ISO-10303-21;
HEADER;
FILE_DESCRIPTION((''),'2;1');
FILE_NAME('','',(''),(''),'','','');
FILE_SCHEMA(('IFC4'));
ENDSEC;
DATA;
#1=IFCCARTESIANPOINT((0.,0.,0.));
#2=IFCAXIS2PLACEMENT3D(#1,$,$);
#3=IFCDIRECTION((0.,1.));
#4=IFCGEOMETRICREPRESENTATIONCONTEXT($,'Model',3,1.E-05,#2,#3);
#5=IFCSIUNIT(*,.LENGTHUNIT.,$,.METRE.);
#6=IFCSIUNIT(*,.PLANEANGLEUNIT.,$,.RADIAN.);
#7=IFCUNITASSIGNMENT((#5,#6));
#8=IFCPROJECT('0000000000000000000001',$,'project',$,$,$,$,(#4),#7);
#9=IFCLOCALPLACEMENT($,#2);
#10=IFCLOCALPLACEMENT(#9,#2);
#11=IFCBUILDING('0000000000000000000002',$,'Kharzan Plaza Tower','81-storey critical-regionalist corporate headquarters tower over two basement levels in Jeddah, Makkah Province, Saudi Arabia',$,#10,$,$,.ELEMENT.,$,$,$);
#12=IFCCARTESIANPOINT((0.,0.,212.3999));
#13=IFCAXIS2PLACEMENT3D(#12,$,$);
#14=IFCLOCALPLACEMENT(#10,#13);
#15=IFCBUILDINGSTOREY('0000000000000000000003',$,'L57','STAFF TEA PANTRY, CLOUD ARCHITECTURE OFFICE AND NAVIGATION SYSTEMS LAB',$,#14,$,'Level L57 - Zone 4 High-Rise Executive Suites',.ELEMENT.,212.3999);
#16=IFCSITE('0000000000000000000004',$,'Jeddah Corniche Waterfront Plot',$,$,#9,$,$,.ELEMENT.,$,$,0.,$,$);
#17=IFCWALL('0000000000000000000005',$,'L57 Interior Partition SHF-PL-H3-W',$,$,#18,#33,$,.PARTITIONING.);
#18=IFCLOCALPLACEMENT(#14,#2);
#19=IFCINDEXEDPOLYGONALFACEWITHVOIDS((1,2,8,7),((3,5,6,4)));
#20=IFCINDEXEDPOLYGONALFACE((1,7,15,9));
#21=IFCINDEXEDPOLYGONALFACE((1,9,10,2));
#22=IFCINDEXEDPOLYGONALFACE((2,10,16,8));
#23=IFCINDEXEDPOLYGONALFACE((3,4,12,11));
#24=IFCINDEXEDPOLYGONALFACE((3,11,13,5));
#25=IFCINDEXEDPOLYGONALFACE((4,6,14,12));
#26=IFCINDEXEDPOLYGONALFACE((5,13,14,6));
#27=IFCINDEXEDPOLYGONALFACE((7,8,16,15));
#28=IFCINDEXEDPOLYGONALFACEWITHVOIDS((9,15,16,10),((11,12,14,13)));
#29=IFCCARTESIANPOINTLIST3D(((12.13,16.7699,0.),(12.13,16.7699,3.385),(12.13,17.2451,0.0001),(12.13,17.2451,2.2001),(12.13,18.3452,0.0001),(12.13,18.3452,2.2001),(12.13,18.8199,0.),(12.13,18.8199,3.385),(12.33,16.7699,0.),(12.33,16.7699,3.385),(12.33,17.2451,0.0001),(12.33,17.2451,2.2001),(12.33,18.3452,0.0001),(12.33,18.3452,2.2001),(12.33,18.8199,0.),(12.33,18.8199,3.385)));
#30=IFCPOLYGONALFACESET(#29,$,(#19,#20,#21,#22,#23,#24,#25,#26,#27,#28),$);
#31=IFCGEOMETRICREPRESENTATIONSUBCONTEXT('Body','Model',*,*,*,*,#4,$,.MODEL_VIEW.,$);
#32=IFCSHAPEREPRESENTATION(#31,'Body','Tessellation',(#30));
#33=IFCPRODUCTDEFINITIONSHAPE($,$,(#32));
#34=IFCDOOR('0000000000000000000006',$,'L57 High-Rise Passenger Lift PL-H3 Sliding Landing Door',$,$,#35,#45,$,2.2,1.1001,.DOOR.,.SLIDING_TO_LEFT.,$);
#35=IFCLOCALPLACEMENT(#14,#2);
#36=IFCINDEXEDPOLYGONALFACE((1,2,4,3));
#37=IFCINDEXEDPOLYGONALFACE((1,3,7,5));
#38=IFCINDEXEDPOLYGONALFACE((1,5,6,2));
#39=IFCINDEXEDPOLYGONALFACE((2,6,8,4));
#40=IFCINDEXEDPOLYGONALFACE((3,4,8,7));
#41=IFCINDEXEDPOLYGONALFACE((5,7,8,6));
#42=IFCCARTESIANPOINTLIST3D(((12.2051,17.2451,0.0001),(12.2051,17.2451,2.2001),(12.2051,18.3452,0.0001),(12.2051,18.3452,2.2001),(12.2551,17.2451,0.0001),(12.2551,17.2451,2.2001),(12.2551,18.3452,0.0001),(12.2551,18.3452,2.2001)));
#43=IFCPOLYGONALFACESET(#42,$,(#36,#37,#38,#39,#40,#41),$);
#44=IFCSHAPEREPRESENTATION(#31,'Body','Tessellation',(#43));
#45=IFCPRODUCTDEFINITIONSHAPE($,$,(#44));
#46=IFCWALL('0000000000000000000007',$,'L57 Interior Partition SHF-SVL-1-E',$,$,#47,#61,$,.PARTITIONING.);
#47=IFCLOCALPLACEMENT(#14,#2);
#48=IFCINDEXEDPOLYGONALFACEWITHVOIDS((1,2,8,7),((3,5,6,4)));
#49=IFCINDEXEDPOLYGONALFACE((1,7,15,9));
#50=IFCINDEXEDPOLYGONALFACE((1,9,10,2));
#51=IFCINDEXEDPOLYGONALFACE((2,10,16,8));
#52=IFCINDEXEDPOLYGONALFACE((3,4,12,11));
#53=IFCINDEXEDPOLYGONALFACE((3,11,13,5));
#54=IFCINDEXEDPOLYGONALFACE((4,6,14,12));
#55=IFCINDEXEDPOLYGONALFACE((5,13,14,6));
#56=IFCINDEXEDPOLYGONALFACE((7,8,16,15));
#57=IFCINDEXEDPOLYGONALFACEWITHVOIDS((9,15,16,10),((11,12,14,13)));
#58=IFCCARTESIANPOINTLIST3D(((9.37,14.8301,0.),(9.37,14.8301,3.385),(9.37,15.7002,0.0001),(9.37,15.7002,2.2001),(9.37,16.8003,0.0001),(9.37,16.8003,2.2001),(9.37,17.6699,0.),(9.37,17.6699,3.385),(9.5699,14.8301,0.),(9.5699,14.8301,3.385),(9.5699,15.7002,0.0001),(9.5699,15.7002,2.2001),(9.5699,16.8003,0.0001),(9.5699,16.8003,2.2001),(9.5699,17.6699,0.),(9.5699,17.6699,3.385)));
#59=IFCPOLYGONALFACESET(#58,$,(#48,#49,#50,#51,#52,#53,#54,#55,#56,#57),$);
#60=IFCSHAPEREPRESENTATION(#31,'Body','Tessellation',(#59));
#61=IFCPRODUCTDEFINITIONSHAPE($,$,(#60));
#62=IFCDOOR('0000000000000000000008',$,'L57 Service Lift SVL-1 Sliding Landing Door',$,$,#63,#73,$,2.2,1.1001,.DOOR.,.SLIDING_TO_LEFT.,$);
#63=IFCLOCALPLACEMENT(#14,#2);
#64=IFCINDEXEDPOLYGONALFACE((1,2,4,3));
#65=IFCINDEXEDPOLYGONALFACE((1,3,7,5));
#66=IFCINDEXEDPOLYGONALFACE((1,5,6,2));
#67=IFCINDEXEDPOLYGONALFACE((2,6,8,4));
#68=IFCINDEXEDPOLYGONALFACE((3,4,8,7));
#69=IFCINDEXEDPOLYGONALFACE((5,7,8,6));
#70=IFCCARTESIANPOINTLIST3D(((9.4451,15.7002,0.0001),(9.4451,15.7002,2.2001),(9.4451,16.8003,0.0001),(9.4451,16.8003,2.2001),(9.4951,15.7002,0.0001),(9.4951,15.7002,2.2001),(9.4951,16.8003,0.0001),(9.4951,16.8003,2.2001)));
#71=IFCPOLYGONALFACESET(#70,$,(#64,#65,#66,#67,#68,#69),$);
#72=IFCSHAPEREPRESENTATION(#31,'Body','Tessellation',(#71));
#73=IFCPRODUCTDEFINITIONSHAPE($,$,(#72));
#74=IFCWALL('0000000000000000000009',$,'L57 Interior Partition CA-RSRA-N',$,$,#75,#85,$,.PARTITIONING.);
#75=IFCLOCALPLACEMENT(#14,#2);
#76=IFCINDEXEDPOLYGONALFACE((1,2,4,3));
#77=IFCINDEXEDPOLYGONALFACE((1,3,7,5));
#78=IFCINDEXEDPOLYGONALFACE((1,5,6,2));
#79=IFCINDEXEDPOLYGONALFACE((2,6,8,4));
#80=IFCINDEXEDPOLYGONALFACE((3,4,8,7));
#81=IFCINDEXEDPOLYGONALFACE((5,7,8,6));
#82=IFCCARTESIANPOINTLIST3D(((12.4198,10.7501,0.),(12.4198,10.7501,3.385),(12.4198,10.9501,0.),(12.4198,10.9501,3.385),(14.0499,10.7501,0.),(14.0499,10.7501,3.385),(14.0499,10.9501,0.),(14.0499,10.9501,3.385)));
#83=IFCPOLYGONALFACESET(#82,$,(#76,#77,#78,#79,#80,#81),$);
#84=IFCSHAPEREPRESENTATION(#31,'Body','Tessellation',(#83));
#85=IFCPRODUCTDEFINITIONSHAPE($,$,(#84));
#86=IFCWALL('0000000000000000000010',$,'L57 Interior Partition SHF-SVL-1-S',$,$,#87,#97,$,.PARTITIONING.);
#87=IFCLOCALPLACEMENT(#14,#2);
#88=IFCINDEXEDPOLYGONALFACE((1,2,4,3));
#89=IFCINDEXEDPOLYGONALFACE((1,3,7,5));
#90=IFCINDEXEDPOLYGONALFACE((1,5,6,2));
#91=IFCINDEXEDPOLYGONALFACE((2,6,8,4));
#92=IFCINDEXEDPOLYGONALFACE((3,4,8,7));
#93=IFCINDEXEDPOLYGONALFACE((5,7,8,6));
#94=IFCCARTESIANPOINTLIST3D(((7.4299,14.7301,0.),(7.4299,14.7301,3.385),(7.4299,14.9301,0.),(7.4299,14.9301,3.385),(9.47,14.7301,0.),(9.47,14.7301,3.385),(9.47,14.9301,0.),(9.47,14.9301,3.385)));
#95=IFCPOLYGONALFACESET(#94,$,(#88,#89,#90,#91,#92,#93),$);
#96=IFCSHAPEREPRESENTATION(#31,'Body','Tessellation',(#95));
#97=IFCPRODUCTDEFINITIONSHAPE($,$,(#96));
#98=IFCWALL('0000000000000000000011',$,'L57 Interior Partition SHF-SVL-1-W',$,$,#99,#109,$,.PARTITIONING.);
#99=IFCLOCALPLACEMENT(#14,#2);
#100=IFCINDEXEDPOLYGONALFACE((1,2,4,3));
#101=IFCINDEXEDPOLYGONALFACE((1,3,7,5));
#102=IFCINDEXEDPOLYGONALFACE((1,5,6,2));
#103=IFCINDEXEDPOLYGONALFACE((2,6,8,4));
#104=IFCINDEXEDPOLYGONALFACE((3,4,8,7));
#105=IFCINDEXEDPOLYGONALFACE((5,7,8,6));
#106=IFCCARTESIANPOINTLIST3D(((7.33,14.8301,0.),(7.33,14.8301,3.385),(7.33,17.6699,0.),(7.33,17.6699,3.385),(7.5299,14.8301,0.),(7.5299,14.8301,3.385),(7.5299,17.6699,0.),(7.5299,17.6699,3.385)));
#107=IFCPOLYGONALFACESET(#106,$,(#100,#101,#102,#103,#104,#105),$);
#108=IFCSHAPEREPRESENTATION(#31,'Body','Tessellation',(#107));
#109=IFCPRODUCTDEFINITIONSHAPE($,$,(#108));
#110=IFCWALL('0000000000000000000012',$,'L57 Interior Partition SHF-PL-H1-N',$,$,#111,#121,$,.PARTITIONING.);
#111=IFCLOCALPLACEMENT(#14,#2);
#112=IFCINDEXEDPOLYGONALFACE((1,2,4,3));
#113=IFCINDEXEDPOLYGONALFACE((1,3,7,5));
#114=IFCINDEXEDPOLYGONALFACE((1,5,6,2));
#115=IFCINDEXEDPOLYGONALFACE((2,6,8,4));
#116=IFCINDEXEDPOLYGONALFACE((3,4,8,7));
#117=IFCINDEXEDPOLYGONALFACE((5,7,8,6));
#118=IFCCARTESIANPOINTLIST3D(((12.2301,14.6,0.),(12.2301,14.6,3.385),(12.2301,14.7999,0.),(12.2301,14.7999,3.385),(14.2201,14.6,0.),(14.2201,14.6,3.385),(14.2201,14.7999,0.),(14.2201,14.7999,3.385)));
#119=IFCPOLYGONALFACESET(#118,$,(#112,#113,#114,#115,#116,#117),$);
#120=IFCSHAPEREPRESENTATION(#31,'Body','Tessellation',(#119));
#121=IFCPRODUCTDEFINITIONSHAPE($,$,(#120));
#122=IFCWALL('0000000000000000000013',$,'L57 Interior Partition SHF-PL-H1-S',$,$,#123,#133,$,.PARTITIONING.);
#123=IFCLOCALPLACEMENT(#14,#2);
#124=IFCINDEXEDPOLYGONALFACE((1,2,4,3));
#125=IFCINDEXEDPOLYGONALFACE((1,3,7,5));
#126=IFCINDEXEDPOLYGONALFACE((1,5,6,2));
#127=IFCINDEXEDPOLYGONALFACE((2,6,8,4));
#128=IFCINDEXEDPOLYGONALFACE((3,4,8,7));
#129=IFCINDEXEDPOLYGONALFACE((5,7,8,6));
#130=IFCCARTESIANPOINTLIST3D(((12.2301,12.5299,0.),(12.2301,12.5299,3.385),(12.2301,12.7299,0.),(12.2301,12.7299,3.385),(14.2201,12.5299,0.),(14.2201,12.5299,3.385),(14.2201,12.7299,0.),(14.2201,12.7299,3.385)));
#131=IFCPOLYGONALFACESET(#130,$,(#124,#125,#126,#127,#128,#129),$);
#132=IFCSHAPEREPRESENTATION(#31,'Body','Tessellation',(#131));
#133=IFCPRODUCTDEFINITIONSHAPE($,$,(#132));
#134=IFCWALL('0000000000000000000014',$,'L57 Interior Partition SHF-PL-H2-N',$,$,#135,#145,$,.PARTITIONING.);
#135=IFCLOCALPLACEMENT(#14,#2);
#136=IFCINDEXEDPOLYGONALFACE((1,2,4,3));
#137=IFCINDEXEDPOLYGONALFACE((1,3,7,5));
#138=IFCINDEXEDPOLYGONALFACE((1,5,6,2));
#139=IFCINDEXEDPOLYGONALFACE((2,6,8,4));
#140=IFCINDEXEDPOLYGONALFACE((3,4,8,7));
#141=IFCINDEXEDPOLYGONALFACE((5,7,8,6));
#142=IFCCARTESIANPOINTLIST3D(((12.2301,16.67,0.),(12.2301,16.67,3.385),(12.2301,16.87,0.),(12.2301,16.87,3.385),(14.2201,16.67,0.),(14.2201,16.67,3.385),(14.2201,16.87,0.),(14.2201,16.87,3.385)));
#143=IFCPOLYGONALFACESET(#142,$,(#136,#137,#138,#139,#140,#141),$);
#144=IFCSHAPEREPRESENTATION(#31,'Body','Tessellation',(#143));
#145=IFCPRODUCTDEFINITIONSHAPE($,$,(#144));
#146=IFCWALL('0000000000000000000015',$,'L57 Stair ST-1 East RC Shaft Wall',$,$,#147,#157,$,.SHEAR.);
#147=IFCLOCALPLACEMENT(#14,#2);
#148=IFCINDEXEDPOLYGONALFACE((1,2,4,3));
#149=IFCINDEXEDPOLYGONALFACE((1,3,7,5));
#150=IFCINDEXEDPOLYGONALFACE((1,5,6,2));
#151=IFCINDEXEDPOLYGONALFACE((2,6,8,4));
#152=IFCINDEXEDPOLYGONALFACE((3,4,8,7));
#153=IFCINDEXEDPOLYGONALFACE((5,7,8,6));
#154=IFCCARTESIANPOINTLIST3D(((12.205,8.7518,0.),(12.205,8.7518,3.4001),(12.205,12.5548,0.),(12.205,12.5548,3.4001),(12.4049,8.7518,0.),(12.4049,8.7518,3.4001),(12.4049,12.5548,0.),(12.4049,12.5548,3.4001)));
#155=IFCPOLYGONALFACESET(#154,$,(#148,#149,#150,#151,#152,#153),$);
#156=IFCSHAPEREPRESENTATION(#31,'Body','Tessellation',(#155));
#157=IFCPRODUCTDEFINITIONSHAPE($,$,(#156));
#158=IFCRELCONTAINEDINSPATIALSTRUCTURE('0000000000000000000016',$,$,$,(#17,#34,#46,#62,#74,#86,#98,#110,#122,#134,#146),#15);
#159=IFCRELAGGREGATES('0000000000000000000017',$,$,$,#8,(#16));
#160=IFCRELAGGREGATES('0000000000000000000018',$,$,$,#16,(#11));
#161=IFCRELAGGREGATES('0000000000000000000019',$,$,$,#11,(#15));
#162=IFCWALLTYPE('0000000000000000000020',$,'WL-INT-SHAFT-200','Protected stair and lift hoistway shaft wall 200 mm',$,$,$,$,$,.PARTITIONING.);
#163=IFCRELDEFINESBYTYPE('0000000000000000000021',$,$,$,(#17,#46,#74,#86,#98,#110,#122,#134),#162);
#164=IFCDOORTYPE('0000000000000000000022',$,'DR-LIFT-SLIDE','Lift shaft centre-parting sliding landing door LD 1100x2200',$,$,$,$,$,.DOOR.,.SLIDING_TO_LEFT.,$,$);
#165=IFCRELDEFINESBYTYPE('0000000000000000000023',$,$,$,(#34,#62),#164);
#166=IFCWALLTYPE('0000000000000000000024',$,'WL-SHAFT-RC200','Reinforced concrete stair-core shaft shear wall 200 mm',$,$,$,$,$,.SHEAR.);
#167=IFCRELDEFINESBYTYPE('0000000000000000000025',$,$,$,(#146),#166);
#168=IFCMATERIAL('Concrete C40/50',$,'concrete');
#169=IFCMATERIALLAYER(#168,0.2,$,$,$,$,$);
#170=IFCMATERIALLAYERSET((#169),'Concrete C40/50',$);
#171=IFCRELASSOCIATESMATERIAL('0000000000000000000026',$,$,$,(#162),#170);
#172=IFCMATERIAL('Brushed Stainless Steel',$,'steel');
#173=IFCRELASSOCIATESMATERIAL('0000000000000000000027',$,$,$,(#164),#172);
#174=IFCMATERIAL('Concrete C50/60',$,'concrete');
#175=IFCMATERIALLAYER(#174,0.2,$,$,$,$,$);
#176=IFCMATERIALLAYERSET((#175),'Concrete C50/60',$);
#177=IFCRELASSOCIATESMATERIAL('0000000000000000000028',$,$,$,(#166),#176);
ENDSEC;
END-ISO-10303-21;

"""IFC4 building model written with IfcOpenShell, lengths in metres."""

from ifc_helpers import new_model, si_unit, direction, frame, frame_2d, origin, place, context, subcontext, project, spatial, rectangle, extrude, source, transform, mapped, material, layer, layer_set, type_object, element, fill, save


model = new_model("IFC4")

# Units and contexts
model_context = context("Model", 3, precision=1e-05, world=origin(), true_north=direction((0.0, 1.0)))
body_context = subcontext(model_context, "Body", "Model", "MODEL_VIEW")
ifc_project = project(units=[si_unit("LENGTHUNIT", "METRE"), si_unit("PLANEANGLEUNIT", "RADIAN")], contexts=[model_context])

# Site, building, storey
site_placement = place(None, origin())
site = spatial("IfcSite", under=ifc_project, at=site_placement, Name="Jeddah Corniche Waterfront Plot", CompositionType="ELEMENT", RefElevation=0.0)
building_placement = place(site_placement, origin())
building = spatial("IfcBuilding", under=site, at=building_placement, Name="Kharzan Plaza Tower", Description="81-storey critical-regionalist corporate headquarters tower over two basement levels in Jeddah, Makkah Province, Saudi Arabia", CompositionType="ELEMENT")
storey_placement = place(building_placement, frame((0.0, 0.0, 212.3999)))
storey = spatial("IfcBuildingStorey", under=building, at=storey_placement, Name="L57", Description="STAFF TEA PANTRY, CLOUD ARCHITECTURE OFFICE AND NAVIGATION SYSTEMS LAB", LongName="Level L57 - Zone 4 High-Rise Executive Suites", CompositionType="ELEMENT", Elevation=212.3999)

# Walls, openings, doors
ifc_material_1 = material(Name="Concrete C40/50", Category="concrete")
ifc_layer_1 = layer(ifc_material_1, 0.2)
ifc_layer_set_1 = layer_set([ifc_layer_1], Name="Concrete C40/50")
wall_type_1 = type_object("IfcWallType", Name="WL-INT-SHAFT-200", Description="Protected stair and lift hoistway shaft wall 200 mm", PredefinedType="PARTITIONING", material=ifc_layer_set_1)
ifc_material_2 = material(Name="Brushed Stainless Steel", Category="steel")
door_type = type_object("IfcDoorType", Name="DR-LIFT-SLIDE", Description="Lift shaft centre-parting sliding landing door LD 1100x2200", OperationType="SLIDING_TO_LEFT", PredefinedType="DOOR", material=ifc_material_2)
shared_shape_1 = source(origin(), body_context, "Body", "SweptSolid", [
    extrude(rectangle(XDim=1.1001, YDim=2.2, at=frame_2d((0.55, 1.1001))), frame((0.0, 0.0249, 0.0), z_axis=(0.0, -1.0, 0.0), x_axis=(1.0, 0.0, 0.0)), (0.0, 0.0, 1.0), 0.05),
])
wall_1_placement = place(storey_placement, frame((12.23, 16.77, 0.0), z_axis=(0.0, 0.0, 1.0), x_axis=(0.0, 1.0, 0.0)))
wall_1 = element("IfcWall", 1, at=wall_1_placement, inside=storey, type_object=wall_type_1, Name="L57 Interior Partition SHF-PL-H3-W", PredefinedType="PARTITIONING", context=body_context, shape_type="SweptSolid", body=[
    extrude(rectangle(XDim=2.05, YDim=0.2, at=frame_2d((1.0249, 0.0))), origin(), (0.0, 0.0, 1.0), 3.385),
])
opening_1_placement = place(wall_1_placement, frame((0.4751, 0.0, 0.0)))
opening_1 = element("IfcOpeningElement", 2, at=opening_1_placement, cuts=wall_1, PredefinedType="OPENING", context=body_context, shape_type="SweptSolid", body=[
    extrude(rectangle(XDim=1.1001, YDim=2.2, at=frame_2d((0.55, 1.1001))), frame((0.0, 0.1099, 0.0), z_axis=(0.0, -1.0, 0.0), x_axis=(1.0, 0.0, 0.0)), (0.0, 0.0, 1.0), 0.22),
])
door_1_placement = place(opening_1_placement, origin())
door_1 = element("IfcDoor", 3, at=door_1_placement, inside=storey, type_object=door_type, Name="L57 High-Rise Passenger Lift PL-H3 Sliding Landing Door", OperationType="SLIDING_TO_LEFT", OverallHeight=2.2, OverallWidth=1.1001, PredefinedType="DOOR", context=body_context, shape_type="MappedRepresentation", body=[
    mapped(shared_shape_1, transform((0.0, 0.0, 0.0), x_axis=(1.0, 0.0, 0.0), y_axis=(0.0, 1.0, 0.0), z_axis=(0.0, 0.0, 1.0))),
])
fill(opening_1, door_1)
wall_2_placement = place(storey_placement, frame((9.47, 14.8301, 0.0), z_axis=(0.0, 0.0, 1.0), x_axis=(0.0, 1.0, 0.0)))
wall_2 = element("IfcWall", 4, at=wall_2_placement, inside=storey, type_object=wall_type_1, Name="L57 Interior Partition SHF-SVL-1-E", PredefinedType="PARTITIONING", context=body_context, shape_type="SweptSolid", body=[
    extrude(rectangle(XDim=2.8398, YDim=0.2, at=frame_2d((1.4199, 0.0))), origin(), (0.0, 0.0, 1.0), 3.385),
])
opening_2_placement = place(wall_2_placement, frame((0.8701, 0.0, 0.0)))
opening_2 = element("IfcOpeningElement", 5, at=opening_2_placement, cuts=wall_2, PredefinedType="OPENING", context=body_context, shape_type="SweptSolid", body=[
    extrude(rectangle(XDim=1.1001, YDim=2.2, at=frame_2d((0.55, 1.1001))), frame((0.0, 0.1099, 0.0), z_axis=(0.0, -1.0, 0.0), x_axis=(1.0, 0.0, 0.0)), (0.0, 0.0, 1.0), 0.22),
])
door_2_placement = place(opening_2_placement, origin())
door_2 = element("IfcDoor", 6, at=door_2_placement, inside=storey, type_object=door_type, Name="L57 Service Lift SVL-1 Sliding Landing Door", OperationType="SLIDING_TO_LEFT", OverallHeight=2.2, OverallWidth=1.1001, PredefinedType="DOOR", context=body_context, shape_type="MappedRepresentation", body=[
    mapped(shared_shape_1, transform((0.0, 0.0, 0.0), x_axis=(1.0, 0.0, 0.0), y_axis=(0.0, 1.0, 0.0), z_axis=(0.0, 0.0, 1.0))),
])
fill(opening_2, door_2)

# Walls
shared_shape_2 = source(origin(), body_context, "Body", "SweptSolid", [
    extrude(rectangle(XDim=1.6301, YDim=0.2, at=frame_2d((0.8149, 0.0))), origin(), (0.0, 0.0, 1.0), 3.385),
])
wall_3_placement = place(storey_placement, frame((12.4199, 10.8501, 0.0), z_axis=(0.0, 0.0, 1.0), x_axis=(1.0, 0.0, 0.0)))
element("IfcWall", 7, at=wall_3_placement, inside=storey, type_object=wall_type_1, Name="L57 Interior Partition CA-RSRA-N", PredefinedType="PARTITIONING", context=body_context, shape_type="MappedRepresentation", body=[
    mapped(shared_shape_2, transform((0.0, 0.0, 0.0), x_axis=(1.0, 0.0, 0.0), y_axis=(0.0, 1.0, 0.0), z_axis=(0.0, 0.0, 1.0))),
])
shared_shape_3 = source(origin(), body_context, "Body", "SweptSolid", [
    extrude(rectangle(XDim=2.04, YDim=0.2, at=frame_2d((1.02, 0.0))), origin(), (0.0, 0.0, 1.0), 3.385),
])
wall_4_placement = place(storey_placement, frame((7.4299, 14.8301, 0.0), z_axis=(0.0, 0.0, 1.0), x_axis=(1.0, 0.0, 0.0)))
element("IfcWall", 8, at=wall_4_placement, inside=storey, type_object=wall_type_1, Name="L57 Interior Partition SHF-SVL-1-S", PredefinedType="PARTITIONING", context=body_context, shape_type="MappedRepresentation", body=[
    mapped(shared_shape_3, transform((0.0, 0.0, 0.0), x_axis=(1.0, 0.0, 0.0), y_axis=(0.0, 1.0, 0.0), z_axis=(0.0, 0.0, 1.0))),
])
shared_shape_4 = source(origin(), body_context, "Body", "SweptSolid", [
    extrude(rectangle(XDim=2.8398, YDim=0.2, at=frame_2d((1.4199, 0.0))), origin(), (0.0, 0.0, 1.0), 3.385),
])
wall_5_placement = place(storey_placement, frame((7.4299, 14.8301, 0.0), z_axis=(0.0, 0.0, 1.0), x_axis=(0.0, 1.0, 0.0)))
element("IfcWall", 9, at=wall_5_placement, inside=storey, type_object=wall_type_1, Name="L57 Interior Partition SHF-SVL-1-W", PredefinedType="PARTITIONING", context=body_context, shape_type="MappedRepresentation", body=[
    mapped(shared_shape_4, transform((0.0, 0.0, 0.0), x_axis=(1.0, 0.0, 0.0), y_axis=(0.0, 1.0, 0.0), z_axis=(0.0, 0.0, 1.0))),
])
shared_shape_5 = source(origin(), body_context, "Body", "SweptSolid", [
    extrude(rectangle(XDim=1.99, YDim=0.2, at=frame_2d((0.9951, 0.0))), origin(), (0.0, 0.0, 1.0), 3.385),
])
for number, where, z_axis, x_axis, name in (
    (10, (12.23, 14.7, 0.0), (0.0, 0.0, 1.0), (1.0, 0.0, 0.0), "L57 Interior Partition SHF-PL-H1-N"),
    (11, (12.23, 12.6299, 0.0), (0.0, 0.0, 1.0), (1.0, 0.0, 0.0), "L57 Interior Partition SHF-PL-H1-S"),
    (12, (12.23, 16.77, 0.0), (0.0, 0.0, 1.0), (1.0, 0.0, 0.0), "L57 Interior Partition SHF-PL-H2-N"),
):
    element("IfcWall", number, at=place(storey_placement, frame(where, z_axis=z_axis, x_axis=x_axis)), inside=storey, type_object=wall_type_1, Name=name, PredefinedType="PARTITIONING", context=body_context, shape_type="MappedRepresentation", body=[
        mapped(shared_shape_5, transform((0.0, 0.0, 0.0), x_axis=(1.0, 0.0, 0.0), y_axis=(0.0, 1.0, 0.0), z_axis=(0.0, 0.0, 1.0))),
    ])
ifc_material_3 = material(Name="Concrete C50/60", Category="concrete")
ifc_layer_2 = layer(ifc_material_3, 0.2)
ifc_layer_set_2 = layer_set([ifc_layer_2], Name="Concrete C50/60")
wall_type_2 = type_object("IfcWallType", Name="WL-SHAFT-RC200", Description="Reinforced concrete stair-core shaft shear wall 200 mm", PredefinedType="SHEAR", material=ifc_layer_set_2)
shared_shape_6 = source(origin(), body_context, "Body", "SweptSolid", [
    extrude(rectangle(XDim=3.803, YDim=0.2, at=frame_2d((1.9014, 0.0))), origin(), (0.0, 0.0, 1.0), 3.4001),
])
wall_6_placement = place(storey_placement, frame((12.3049, 8.752, 0.0), z_axis=(0.0, 0.0, 1.0), x_axis=(0.0, 1.0, 0.0)))
element("IfcWall", 13, at=wall_6_placement, inside=storey, type_object=wall_type_2, Name="L57 Stair ST-1 East RC Shaft Wall", PredefinedType="SHEAR", context=body_context, shape_type="MappedRepresentation", body=[
    mapped(shared_shape_6, transform((0.0, 0.0, 0.0), x_axis=(1.0, 0.0, 0.0), y_axis=(0.0, 1.0, 0.0), z_axis=(0.0, 0.0, 1.0))),
])

save(model, "model.ifc")
